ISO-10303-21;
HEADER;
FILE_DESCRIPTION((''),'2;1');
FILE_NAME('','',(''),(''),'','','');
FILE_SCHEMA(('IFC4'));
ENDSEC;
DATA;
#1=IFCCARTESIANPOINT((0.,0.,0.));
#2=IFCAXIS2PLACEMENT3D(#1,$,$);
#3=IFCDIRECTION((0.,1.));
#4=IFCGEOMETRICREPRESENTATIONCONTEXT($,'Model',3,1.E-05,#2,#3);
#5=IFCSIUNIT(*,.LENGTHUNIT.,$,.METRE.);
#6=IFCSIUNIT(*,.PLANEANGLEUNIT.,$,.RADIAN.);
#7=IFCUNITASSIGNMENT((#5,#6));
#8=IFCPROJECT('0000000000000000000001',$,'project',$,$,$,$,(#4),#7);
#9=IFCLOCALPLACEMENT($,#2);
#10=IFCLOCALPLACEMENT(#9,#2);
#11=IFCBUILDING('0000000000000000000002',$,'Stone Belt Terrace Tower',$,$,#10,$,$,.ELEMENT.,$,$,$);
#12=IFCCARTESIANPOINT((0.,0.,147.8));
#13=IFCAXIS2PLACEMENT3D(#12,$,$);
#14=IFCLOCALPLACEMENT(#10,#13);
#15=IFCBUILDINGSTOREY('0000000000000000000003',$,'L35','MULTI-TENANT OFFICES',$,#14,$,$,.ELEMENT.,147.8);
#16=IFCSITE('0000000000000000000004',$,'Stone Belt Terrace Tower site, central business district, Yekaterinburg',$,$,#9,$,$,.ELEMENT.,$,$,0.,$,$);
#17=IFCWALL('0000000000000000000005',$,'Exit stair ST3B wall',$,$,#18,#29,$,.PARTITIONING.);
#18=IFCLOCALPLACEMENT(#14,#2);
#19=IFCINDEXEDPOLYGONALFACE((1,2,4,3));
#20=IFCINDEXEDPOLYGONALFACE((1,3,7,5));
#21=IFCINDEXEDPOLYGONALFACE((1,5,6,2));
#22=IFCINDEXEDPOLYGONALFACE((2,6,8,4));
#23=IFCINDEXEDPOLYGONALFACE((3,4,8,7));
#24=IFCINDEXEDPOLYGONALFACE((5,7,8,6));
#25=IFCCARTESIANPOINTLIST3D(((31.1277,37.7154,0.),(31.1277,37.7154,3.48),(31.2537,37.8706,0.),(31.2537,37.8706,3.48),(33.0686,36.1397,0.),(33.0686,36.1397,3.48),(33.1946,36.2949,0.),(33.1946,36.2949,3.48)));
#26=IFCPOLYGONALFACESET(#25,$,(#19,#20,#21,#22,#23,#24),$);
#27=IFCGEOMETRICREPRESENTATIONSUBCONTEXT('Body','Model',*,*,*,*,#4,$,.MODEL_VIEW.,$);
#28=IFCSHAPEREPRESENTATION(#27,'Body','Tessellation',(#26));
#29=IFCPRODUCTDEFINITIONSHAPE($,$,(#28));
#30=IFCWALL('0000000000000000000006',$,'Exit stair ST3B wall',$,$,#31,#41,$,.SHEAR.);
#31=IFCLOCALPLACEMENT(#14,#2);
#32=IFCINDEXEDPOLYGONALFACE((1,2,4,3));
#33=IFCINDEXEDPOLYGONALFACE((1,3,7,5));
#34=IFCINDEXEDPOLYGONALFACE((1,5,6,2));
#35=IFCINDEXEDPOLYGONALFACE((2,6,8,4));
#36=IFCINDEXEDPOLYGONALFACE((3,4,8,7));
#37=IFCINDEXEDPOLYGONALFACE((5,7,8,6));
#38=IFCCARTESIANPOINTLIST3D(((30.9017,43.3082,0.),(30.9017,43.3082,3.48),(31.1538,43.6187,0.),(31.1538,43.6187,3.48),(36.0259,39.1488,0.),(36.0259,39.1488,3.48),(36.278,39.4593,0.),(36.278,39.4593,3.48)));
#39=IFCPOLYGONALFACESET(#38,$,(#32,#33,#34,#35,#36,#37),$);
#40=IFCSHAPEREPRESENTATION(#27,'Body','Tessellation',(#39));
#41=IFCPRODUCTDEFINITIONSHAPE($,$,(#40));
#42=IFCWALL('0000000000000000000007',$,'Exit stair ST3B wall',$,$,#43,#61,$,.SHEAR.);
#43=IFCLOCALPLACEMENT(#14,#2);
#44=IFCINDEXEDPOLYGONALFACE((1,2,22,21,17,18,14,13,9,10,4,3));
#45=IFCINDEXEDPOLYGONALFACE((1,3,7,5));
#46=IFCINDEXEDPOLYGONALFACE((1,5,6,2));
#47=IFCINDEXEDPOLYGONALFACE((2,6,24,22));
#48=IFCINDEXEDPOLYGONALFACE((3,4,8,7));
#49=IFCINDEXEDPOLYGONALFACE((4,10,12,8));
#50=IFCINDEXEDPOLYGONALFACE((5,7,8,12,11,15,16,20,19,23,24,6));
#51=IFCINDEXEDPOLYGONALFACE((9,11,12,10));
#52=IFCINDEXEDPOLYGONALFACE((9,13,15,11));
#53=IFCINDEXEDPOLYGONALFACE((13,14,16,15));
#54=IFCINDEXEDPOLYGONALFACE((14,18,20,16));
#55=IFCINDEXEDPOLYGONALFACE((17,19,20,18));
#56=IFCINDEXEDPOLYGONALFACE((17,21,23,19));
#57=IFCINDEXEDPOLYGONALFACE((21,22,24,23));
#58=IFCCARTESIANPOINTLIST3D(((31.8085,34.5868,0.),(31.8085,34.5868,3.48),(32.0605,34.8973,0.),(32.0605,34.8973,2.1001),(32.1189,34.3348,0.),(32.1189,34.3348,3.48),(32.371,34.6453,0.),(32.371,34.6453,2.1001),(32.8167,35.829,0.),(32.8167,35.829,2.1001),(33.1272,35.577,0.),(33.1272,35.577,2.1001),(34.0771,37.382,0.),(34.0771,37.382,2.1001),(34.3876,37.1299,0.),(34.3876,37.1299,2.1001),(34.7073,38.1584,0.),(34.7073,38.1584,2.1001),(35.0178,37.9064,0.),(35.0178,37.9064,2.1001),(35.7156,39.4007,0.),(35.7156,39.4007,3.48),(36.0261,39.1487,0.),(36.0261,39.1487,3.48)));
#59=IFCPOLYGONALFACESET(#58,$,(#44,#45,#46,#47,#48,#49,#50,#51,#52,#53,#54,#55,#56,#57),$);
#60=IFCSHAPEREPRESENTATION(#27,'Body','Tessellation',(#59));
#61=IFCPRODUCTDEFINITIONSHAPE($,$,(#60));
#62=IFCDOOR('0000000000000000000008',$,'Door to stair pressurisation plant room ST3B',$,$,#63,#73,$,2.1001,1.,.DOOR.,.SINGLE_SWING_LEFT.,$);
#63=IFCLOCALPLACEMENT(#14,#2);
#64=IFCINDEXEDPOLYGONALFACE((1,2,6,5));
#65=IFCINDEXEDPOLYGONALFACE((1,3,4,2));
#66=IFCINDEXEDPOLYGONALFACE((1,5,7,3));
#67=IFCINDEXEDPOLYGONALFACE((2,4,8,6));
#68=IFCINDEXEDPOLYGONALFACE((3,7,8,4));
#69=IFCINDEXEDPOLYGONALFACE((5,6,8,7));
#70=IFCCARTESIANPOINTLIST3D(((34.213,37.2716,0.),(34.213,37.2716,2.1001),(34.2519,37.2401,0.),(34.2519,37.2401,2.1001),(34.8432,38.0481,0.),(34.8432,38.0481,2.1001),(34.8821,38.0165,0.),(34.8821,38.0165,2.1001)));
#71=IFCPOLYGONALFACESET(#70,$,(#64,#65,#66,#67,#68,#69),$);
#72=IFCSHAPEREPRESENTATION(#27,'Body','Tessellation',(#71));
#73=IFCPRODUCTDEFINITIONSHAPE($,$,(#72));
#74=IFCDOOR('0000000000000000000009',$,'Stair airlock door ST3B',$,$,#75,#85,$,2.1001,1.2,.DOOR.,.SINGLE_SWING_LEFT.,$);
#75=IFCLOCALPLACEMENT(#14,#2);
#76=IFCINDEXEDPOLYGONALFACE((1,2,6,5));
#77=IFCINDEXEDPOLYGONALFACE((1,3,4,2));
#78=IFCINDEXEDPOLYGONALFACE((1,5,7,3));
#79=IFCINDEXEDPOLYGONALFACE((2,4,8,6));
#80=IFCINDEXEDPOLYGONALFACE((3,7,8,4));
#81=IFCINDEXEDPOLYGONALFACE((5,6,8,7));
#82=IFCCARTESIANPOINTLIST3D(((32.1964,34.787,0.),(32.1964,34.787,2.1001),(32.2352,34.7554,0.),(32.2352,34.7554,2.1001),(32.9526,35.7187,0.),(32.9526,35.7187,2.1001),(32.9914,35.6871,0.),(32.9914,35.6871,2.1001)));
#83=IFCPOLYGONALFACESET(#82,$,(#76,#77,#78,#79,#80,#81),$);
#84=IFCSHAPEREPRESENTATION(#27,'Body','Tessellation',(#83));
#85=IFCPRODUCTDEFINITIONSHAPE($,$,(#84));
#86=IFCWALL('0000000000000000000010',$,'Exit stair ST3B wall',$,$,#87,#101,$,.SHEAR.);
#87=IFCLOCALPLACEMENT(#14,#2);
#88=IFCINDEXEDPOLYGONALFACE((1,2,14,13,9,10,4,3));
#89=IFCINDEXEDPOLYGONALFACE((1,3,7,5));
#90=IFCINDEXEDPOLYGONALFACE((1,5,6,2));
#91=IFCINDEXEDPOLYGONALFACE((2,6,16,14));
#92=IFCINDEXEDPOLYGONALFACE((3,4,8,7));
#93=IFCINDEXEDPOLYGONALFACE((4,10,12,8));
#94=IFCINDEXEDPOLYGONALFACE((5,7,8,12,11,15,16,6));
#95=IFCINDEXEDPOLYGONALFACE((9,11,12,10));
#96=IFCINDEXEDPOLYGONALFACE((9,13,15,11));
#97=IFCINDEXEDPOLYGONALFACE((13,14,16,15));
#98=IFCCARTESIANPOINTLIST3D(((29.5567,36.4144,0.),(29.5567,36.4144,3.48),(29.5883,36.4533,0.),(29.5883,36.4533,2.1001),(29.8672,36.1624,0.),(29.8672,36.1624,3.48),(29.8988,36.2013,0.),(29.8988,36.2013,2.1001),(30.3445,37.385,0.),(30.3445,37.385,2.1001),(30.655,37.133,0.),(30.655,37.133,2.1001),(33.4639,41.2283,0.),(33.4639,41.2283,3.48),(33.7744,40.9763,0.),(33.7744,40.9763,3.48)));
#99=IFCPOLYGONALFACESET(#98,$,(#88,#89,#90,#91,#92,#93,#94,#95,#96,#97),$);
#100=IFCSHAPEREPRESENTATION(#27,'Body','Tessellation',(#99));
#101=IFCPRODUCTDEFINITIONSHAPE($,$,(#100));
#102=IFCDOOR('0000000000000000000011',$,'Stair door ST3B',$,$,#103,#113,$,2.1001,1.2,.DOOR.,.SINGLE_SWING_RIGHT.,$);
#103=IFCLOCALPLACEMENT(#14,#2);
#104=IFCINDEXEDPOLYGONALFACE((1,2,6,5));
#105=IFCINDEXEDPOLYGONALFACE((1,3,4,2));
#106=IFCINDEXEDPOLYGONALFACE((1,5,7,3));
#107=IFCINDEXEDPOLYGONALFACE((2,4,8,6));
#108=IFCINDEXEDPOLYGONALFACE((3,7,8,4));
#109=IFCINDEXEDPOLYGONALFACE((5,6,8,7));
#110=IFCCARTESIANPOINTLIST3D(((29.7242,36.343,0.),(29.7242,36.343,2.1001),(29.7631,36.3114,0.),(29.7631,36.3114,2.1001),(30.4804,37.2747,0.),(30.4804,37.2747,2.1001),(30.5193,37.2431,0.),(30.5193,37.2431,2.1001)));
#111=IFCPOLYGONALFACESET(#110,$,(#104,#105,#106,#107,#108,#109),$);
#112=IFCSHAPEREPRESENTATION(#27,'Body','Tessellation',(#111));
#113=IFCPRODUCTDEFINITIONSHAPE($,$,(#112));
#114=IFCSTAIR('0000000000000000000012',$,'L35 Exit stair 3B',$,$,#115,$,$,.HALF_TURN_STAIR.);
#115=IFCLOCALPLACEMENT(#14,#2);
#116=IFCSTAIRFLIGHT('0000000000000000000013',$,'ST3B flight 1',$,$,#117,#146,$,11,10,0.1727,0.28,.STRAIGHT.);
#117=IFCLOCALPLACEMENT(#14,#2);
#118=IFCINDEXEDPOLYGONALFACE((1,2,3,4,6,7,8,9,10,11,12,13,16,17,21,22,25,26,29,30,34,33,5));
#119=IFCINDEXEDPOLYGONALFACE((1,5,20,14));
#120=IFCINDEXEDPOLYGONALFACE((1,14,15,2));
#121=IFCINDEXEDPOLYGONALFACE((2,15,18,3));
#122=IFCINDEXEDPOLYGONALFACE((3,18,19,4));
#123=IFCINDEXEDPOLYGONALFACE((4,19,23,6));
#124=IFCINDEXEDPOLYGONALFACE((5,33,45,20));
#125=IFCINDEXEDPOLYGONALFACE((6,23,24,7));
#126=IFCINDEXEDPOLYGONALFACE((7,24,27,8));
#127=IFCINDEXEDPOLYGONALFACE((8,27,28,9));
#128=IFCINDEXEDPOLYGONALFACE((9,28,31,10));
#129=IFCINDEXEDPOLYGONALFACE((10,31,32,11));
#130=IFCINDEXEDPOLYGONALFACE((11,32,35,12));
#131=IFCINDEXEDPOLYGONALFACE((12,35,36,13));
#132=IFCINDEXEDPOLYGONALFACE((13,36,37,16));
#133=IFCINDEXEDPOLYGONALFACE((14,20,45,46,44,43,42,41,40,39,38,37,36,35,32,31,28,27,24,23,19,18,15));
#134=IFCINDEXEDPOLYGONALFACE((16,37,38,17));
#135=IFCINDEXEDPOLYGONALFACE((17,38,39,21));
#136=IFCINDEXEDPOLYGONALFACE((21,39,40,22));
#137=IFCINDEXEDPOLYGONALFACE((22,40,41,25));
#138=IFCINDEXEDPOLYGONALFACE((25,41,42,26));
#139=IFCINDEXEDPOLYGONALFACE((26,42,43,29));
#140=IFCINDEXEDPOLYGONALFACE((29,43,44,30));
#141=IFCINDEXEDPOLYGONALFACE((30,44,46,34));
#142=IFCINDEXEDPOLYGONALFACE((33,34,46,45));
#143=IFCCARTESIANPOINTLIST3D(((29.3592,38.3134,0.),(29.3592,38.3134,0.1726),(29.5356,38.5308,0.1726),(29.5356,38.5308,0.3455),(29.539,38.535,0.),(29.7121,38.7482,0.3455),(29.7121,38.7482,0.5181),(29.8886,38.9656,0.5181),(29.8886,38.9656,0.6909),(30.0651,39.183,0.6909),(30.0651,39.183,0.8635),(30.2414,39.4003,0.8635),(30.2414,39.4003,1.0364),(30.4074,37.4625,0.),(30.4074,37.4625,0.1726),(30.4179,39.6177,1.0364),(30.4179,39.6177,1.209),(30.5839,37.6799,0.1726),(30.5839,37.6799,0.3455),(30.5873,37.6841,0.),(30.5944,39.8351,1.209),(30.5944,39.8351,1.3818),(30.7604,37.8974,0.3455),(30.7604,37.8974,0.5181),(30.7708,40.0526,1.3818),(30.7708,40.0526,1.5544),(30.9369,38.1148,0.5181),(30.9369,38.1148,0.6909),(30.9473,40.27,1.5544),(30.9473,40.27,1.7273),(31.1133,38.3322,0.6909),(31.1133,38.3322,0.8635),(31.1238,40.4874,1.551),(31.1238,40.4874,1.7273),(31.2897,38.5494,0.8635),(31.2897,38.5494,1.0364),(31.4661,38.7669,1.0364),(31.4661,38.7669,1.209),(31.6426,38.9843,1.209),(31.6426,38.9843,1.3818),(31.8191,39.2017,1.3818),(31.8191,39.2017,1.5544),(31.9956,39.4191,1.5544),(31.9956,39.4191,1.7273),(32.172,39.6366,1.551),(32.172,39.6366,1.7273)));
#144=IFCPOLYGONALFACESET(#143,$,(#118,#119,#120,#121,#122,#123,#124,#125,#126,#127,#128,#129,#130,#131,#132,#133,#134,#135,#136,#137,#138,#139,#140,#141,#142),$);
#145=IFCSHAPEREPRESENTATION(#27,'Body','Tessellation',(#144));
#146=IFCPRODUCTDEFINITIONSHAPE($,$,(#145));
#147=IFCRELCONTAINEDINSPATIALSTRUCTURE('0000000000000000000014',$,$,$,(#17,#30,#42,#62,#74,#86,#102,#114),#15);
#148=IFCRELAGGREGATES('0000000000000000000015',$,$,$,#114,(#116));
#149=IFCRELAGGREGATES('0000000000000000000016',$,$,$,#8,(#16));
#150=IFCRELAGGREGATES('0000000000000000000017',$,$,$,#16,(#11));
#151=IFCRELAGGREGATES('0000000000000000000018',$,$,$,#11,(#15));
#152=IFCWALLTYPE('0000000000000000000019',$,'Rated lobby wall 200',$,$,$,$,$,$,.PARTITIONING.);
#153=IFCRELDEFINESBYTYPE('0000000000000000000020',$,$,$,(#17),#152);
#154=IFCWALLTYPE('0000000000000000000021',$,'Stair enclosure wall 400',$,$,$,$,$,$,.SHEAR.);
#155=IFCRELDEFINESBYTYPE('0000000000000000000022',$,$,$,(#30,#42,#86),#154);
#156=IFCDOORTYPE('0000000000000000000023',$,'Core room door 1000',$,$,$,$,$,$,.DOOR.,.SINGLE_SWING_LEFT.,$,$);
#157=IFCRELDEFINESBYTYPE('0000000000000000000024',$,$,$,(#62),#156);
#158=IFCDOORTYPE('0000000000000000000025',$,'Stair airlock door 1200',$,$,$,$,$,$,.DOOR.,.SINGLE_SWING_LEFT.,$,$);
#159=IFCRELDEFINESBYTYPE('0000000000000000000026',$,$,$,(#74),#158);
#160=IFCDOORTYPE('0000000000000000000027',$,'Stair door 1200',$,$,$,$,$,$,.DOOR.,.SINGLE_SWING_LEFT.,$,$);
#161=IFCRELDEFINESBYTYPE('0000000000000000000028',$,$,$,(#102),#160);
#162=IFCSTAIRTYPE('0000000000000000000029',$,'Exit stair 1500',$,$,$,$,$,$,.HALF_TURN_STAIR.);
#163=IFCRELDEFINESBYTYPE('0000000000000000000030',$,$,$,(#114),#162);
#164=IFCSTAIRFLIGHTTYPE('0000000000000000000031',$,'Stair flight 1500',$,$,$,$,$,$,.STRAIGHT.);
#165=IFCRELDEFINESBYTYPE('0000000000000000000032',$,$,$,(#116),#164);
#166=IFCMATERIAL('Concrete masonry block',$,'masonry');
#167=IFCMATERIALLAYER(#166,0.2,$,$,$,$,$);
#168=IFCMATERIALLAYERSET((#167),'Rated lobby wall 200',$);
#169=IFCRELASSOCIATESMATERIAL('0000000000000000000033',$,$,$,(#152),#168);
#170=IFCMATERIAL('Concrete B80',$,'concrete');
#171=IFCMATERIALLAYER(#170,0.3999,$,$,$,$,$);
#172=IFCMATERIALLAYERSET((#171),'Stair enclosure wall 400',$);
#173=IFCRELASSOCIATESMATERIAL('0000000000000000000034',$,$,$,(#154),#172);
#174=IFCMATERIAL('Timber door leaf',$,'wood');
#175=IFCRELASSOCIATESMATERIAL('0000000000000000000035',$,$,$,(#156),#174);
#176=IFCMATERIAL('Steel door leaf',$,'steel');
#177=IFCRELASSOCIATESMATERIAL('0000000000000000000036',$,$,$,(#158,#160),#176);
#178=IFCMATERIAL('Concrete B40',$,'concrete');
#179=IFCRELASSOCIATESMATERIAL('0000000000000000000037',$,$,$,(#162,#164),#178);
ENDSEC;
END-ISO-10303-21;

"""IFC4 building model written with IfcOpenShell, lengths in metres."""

from ifc_helpers import new_model, si_unit, direction, frame, frame_2d, origin, place, context, subcontext, project, spatial, polyline, rectangle, outline, extrude, material, layer, layer_set, type_object, element, fill, aggregate, save


model = new_model("IFC4")

# Units and contexts
model_context = context("Model", 3, precision=1e-05, world=origin(), true_north=direction((0.0, 1.0)))
body_context = subcontext(model_context, "Body", "Model", "MODEL_VIEW")
ifc_project = project(units=[si_unit("LENGTHUNIT", "METRE"), si_unit("PLANEANGLEUNIT", "RADIAN")], contexts=[model_context])

# Site, building, storey
site_placement = place(None, origin())
site = spatial("IfcSite", under=ifc_project, at=site_placement, Name="Stone Belt Terrace Tower site, central business district, Yekaterinburg", CompositionType="ELEMENT", RefElevation=0.0)
building_placement = place(site_placement, origin())
building = spatial("IfcBuilding", under=site, at=building_placement, Name="Stone Belt Terrace Tower", CompositionType="ELEMENT")
storey_placement = place(building_placement, frame((0.0, 0.0, 147.8)))
storey = spatial("IfcBuildingStorey", under=building, at=storey_placement, Name="L35", Description="MULTI-TENANT OFFICES", CompositionType="ELEMENT", Elevation=147.8)

# Shared definitions
ifc_material_1 = material(Name="Concrete B80", Category="concrete")

# Walls
ifc_material_2 = material(Name="Concrete masonry block", Category="masonry")
ifc_layer_1 = layer(ifc_material_2, 0.2)
ifc_layer_set_1 = layer_set([ifc_layer_1], Name="Rated lobby wall 200")
wall_type_1 = type_object("IfcWallType", Name="Rated lobby wall 200", PredefinedType="PARTITIONING", material=ifc_layer_set_1)
wall_1_placement = place(storey_placement, frame((31.1907, 37.793, 0.0), z_axis=(0.0, 0.0, 1.0), x_axis=(0.776371, -0.630276, 0.0)))
element("IfcWall", 1, at=wall_1_placement, inside=storey, type_object=wall_type_1, Name="Exit stair ST3B wall", PredefinedType="PARTITIONING", context=body_context, shape_type="SweptSolid", body=[
    extrude(rectangle(XDim=2.5, YDim=0.2, at=frame_2d((1.25, 0.0))), origin(), (0.0, 0.0, 1.0), 3.48),
])
ifc_layer_2 = layer(ifc_material_1, 0.3999)
ifc_layer_set_2 = layer_set([ifc_layer_2], Name="Stair enclosure wall 400")
wall_type_2 = type_object("IfcWallType", Name="Stair enclosure wall 400", PredefinedType="SHEAR", material=ifc_layer_set_2)
wall_2_placement = place(storey_placement, frame((31.0278, 43.4634, 0.0), z_axis=(0.0, 0.0, 1.0), x_axis=(0.776414, -0.630224, 0.0)))
element("IfcWall", 2, at=wall_2_placement, inside=storey, type_object=wall_type_2, Name="Exit stair ST3B wall", PredefinedType="SHEAR", context=body_context, shape_type="SweptSolid", body=[
    extrude(rectangle(XDim=6.5999, YDim=0.3999, at=frame_2d((3.2998, 0.0))), origin(), (0.0, 0.0, 1.0), 3.48),
])

# Wall, openings, doors
wall_3_placement = place(storey_placement, frame((31.9636, 34.4607, 0.0), z_axis=(0.0, 0.0, 1.0), x_axis=(0.630192, 0.776439, 0.0)))
wall_3 = element("IfcWall", 3, at=wall_3_placement, inside=storey, type_object=wall_type_2, Name="Exit stair ST3B wall", PredefinedType="SHEAR", context=body_context, shape_type="SweptSolid", body=[
    extrude(rectangle(XDim=6.2, YDim=0.3999, at=frame_2d((3.1001, 0.0))), origin(), (0.0, 0.0, 1.0), 3.48),
])
opening_1_placement = place(wall_3_placement, frame((0.3999, 0.0, 0.0)))
opening_1 = element("IfcOpeningElement", 4, at=opening_1_placement, cuts=wall_3, PredefinedType="OPENING", context=body_context, shape_type="SweptSolid", body=[
    extrude(rectangle(XDim=1.2, YDim=2.1001, at=frame_2d((0.6001, 1.05))), frame((0.0, 0.21, 0.0), z_axis=(0.0, -1.0, 0.0), x_axis=(1.0, 0.0, 0.0)), (0.0, 0.0, 1.0), 0.4199),
])
opening_2_placement = place(wall_3_placement, frame((3.6001, 0.0, 0.0)))
opening_2 = element("IfcOpeningElement", 5, at=opening_2_placement, cuts=wall_3, PredefinedType="OPENING", context=body_context, shape_type="SweptSolid", body=[
    extrude(rectangle(XDim=1.0, YDim=2.1001, at=frame_2d((0.5, 1.05))), frame((0.0, 0.21, 0.0), z_axis=(0.0, -1.0, 0.0), x_axis=(1.0, 0.0, 0.0)), (0.0, 0.0, 1.0), 0.4199),
])
ifc_material_3 = material(Name="Timber door leaf", Category="wood")
door_type_1 = type_object("IfcDoorType", Name="Core room door 1000", OperationType="SINGLE_SWING_LEFT", PredefinedType="DOOR", material=ifc_material_3)
door_1_placement = place(opening_2_placement, origin())
door_1 = element("IfcDoor", 6, at=door_1_placement, inside=storey, type_object=door_type_1, Name="Door to stair pressurisation plant room ST3B", OperationType="SINGLE_SWING_LEFT", OverallHeight=2.1001, OverallWidth=1.0, PredefinedType="DOOR", context=body_context, shape_type="SweptSolid", body=[
    extrude(rectangle(XDim=1.0, YDim=2.1001, at=frame_2d((0.5, 1.05))), frame((0.0, 0.0249, 0.0), z_axis=(0.0, -1.0, 0.0), x_axis=(1.0, 0.0, 0.0)), (0.0, 0.0, 1.0), 0.05),
])
fill(opening_2, door_1)
ifc_material_4 = material(Name="Steel door leaf", Category="steel")
door_type_2 = type_object("IfcDoorType", Name="Stair airlock door 1200", OperationType="SINGLE_SWING_LEFT", PredefinedType="DOOR", material=ifc_material_4)
door_2_placement = place(opening_1_placement, origin())
door_2 = element("IfcDoor", 7, at=door_2_placement, inside=storey, type_object=door_type_2, Name="Stair airlock door ST3B", OperationType="SINGLE_SWING_LEFT", OverallHeight=2.1001, OverallWidth=1.2, PredefinedType="DOOR", context=body_context, shape_type="SweptSolid", body=[
    extrude(rectangle(XDim=1.2, YDim=2.1001, at=frame_2d((0.6001, 1.05))), frame((0.0, 0.0249, 0.0), z_axis=(0.0, -1.0, 0.0), x_axis=(1.0, 0.0, 0.0)), (0.0, 0.0, 1.0), 0.05),
])
fill(opening_1, door_2)

# Wall, opening, door
wall_4_placement = place(storey_placement, frame((29.7119, 36.2883, 0.0), z_axis=(0.0, 0.0, 1.0), x_axis=(0.630192, 0.776439, 0.0)))
wall_4 = element("IfcWall", 8, at=wall_4_placement, inside=storey, type_object=wall_type_2, Name="Exit stair ST3B wall", PredefinedType="SHEAR", context=body_context, shape_type="SweptSolid", body=[
    extrude(rectangle(XDim=6.2, YDim=0.3999, at=frame_2d((3.1001, 0.0))), origin(), (0.0, 0.0, 1.0), 3.48),
])
opening_3_placement = place(wall_4_placement, frame((0.05, 0.0, 0.0)))
opening_3 = element("IfcOpeningElement", 9, at=opening_3_placement, cuts=wall_4, PredefinedType="OPENING", context=body_context, shape_type="SweptSolid", body=[
    extrude(rectangle(XDim=1.2, YDim=2.1001, at=frame_2d((0.6001, 1.05))), frame((0.0, 0.21, 0.0), z_axis=(0.0, -1.0, 0.0), x_axis=(1.0, 0.0, 0.0)), (0.0, 0.0, 1.0), 0.4199),
])
door_type_3 = type_object("IfcDoorType", Name="Stair door 1200", OperationType="SINGLE_SWING_LEFT", PredefinedType="DOOR", material=ifc_material_4)
door_3_placement = place(opening_3_placement, origin())
door_3 = element("IfcDoor", 10, at=door_3_placement, inside=storey, type_object=door_type_3, Name="Stair door ST3B", OperationType="SINGLE_SWING_RIGHT", OverallHeight=2.1001, OverallWidth=1.2, PredefinedType="DOOR", context=body_context, shape_type="SweptSolid", body=[
    extrude(rectangle(XDim=1.2, YDim=2.1001, at=frame_2d((0.6001, 1.05))), frame((0.0, 0.0249, 0.0), z_axis=(0.0, -1.0, 0.0), x_axis=(1.0, 0.0, 0.0)), (0.0, 0.0, 1.0), 0.05),
])
fill(opening_3, door_3)

# Stair, stair flight
ifc_material_5 = material(Name="Concrete B40", Category="concrete")
stair_type = type_object("IfcStairType", Name="Exit stair 1500", PredefinedType="HALF_TURN_STAIR", material=ifc_material_5)
stair_placement = place(storey_placement, origin())
stair = element("IfcStair", 11, at=stair_placement, inside=storey, type_object=stair_type, Name="L35 Exit stair 3B", PredefinedType="HALF_TURN_STAIR")
stair_flight_type = type_object("IfcStairFlightType", Name="Stair flight 1500", PredefinedType="STRAIGHT", material=ifc_material_5)
stair_flight_1_placement = place(storey_placement, frame((29.8833, 37.8879, 0.0), z_axis=(0.0, 0.0, 1.0), x_axis=(0.630206, 0.776428, 0.0)))
stair_flight_1 = element("IfcStairFlight", 12, at=stair_flight_1_placement, type_object=stair_flight_type, Name="ST3B flight 1", NumberOfRisers=11, NumberOfTreads=10, PredefinedType="STRAIGHT", RiserHeight=0.1727, TreadLength=0.28, context=body_context, shape_type="SweptSolid", body=[
    extrude(outline(polyline([(0.0, 0.0), (0.0, 0.1726), (0.28, 0.1726), (0.28, 0.3455), (0.5601, 0.3455), (0.5601, 0.5181), (0.8401, 0.5181), (0.8401, 0.6909), (1.1201, 0.6909), (1.1201, 0.8635), (1.3999, 0.8635), (1.3999, 1.0364), (1.6799, 1.0364), (1.6799, 1.209), (1.96, 1.209), (1.96, 1.3818), (2.24, 1.3818), (2.24, 1.5544), (2.52, 1.5544), (2.52, 1.7273), (2.8, 1.7273), (2.8, 1.8999), (2.8, 1.551), (0.2854, 0.0), (0.0, 0.0)])), frame((0.0, 0.675, 0.0), z_axis=(0.0, -1.0, 0.0), x_axis=(1.0, 0.0, 0.0)), (0.0, 0.0, 1.0), 1.3501),
])
aggregate(stair, [stair_flight_1])

save(model, "model.ifc")
